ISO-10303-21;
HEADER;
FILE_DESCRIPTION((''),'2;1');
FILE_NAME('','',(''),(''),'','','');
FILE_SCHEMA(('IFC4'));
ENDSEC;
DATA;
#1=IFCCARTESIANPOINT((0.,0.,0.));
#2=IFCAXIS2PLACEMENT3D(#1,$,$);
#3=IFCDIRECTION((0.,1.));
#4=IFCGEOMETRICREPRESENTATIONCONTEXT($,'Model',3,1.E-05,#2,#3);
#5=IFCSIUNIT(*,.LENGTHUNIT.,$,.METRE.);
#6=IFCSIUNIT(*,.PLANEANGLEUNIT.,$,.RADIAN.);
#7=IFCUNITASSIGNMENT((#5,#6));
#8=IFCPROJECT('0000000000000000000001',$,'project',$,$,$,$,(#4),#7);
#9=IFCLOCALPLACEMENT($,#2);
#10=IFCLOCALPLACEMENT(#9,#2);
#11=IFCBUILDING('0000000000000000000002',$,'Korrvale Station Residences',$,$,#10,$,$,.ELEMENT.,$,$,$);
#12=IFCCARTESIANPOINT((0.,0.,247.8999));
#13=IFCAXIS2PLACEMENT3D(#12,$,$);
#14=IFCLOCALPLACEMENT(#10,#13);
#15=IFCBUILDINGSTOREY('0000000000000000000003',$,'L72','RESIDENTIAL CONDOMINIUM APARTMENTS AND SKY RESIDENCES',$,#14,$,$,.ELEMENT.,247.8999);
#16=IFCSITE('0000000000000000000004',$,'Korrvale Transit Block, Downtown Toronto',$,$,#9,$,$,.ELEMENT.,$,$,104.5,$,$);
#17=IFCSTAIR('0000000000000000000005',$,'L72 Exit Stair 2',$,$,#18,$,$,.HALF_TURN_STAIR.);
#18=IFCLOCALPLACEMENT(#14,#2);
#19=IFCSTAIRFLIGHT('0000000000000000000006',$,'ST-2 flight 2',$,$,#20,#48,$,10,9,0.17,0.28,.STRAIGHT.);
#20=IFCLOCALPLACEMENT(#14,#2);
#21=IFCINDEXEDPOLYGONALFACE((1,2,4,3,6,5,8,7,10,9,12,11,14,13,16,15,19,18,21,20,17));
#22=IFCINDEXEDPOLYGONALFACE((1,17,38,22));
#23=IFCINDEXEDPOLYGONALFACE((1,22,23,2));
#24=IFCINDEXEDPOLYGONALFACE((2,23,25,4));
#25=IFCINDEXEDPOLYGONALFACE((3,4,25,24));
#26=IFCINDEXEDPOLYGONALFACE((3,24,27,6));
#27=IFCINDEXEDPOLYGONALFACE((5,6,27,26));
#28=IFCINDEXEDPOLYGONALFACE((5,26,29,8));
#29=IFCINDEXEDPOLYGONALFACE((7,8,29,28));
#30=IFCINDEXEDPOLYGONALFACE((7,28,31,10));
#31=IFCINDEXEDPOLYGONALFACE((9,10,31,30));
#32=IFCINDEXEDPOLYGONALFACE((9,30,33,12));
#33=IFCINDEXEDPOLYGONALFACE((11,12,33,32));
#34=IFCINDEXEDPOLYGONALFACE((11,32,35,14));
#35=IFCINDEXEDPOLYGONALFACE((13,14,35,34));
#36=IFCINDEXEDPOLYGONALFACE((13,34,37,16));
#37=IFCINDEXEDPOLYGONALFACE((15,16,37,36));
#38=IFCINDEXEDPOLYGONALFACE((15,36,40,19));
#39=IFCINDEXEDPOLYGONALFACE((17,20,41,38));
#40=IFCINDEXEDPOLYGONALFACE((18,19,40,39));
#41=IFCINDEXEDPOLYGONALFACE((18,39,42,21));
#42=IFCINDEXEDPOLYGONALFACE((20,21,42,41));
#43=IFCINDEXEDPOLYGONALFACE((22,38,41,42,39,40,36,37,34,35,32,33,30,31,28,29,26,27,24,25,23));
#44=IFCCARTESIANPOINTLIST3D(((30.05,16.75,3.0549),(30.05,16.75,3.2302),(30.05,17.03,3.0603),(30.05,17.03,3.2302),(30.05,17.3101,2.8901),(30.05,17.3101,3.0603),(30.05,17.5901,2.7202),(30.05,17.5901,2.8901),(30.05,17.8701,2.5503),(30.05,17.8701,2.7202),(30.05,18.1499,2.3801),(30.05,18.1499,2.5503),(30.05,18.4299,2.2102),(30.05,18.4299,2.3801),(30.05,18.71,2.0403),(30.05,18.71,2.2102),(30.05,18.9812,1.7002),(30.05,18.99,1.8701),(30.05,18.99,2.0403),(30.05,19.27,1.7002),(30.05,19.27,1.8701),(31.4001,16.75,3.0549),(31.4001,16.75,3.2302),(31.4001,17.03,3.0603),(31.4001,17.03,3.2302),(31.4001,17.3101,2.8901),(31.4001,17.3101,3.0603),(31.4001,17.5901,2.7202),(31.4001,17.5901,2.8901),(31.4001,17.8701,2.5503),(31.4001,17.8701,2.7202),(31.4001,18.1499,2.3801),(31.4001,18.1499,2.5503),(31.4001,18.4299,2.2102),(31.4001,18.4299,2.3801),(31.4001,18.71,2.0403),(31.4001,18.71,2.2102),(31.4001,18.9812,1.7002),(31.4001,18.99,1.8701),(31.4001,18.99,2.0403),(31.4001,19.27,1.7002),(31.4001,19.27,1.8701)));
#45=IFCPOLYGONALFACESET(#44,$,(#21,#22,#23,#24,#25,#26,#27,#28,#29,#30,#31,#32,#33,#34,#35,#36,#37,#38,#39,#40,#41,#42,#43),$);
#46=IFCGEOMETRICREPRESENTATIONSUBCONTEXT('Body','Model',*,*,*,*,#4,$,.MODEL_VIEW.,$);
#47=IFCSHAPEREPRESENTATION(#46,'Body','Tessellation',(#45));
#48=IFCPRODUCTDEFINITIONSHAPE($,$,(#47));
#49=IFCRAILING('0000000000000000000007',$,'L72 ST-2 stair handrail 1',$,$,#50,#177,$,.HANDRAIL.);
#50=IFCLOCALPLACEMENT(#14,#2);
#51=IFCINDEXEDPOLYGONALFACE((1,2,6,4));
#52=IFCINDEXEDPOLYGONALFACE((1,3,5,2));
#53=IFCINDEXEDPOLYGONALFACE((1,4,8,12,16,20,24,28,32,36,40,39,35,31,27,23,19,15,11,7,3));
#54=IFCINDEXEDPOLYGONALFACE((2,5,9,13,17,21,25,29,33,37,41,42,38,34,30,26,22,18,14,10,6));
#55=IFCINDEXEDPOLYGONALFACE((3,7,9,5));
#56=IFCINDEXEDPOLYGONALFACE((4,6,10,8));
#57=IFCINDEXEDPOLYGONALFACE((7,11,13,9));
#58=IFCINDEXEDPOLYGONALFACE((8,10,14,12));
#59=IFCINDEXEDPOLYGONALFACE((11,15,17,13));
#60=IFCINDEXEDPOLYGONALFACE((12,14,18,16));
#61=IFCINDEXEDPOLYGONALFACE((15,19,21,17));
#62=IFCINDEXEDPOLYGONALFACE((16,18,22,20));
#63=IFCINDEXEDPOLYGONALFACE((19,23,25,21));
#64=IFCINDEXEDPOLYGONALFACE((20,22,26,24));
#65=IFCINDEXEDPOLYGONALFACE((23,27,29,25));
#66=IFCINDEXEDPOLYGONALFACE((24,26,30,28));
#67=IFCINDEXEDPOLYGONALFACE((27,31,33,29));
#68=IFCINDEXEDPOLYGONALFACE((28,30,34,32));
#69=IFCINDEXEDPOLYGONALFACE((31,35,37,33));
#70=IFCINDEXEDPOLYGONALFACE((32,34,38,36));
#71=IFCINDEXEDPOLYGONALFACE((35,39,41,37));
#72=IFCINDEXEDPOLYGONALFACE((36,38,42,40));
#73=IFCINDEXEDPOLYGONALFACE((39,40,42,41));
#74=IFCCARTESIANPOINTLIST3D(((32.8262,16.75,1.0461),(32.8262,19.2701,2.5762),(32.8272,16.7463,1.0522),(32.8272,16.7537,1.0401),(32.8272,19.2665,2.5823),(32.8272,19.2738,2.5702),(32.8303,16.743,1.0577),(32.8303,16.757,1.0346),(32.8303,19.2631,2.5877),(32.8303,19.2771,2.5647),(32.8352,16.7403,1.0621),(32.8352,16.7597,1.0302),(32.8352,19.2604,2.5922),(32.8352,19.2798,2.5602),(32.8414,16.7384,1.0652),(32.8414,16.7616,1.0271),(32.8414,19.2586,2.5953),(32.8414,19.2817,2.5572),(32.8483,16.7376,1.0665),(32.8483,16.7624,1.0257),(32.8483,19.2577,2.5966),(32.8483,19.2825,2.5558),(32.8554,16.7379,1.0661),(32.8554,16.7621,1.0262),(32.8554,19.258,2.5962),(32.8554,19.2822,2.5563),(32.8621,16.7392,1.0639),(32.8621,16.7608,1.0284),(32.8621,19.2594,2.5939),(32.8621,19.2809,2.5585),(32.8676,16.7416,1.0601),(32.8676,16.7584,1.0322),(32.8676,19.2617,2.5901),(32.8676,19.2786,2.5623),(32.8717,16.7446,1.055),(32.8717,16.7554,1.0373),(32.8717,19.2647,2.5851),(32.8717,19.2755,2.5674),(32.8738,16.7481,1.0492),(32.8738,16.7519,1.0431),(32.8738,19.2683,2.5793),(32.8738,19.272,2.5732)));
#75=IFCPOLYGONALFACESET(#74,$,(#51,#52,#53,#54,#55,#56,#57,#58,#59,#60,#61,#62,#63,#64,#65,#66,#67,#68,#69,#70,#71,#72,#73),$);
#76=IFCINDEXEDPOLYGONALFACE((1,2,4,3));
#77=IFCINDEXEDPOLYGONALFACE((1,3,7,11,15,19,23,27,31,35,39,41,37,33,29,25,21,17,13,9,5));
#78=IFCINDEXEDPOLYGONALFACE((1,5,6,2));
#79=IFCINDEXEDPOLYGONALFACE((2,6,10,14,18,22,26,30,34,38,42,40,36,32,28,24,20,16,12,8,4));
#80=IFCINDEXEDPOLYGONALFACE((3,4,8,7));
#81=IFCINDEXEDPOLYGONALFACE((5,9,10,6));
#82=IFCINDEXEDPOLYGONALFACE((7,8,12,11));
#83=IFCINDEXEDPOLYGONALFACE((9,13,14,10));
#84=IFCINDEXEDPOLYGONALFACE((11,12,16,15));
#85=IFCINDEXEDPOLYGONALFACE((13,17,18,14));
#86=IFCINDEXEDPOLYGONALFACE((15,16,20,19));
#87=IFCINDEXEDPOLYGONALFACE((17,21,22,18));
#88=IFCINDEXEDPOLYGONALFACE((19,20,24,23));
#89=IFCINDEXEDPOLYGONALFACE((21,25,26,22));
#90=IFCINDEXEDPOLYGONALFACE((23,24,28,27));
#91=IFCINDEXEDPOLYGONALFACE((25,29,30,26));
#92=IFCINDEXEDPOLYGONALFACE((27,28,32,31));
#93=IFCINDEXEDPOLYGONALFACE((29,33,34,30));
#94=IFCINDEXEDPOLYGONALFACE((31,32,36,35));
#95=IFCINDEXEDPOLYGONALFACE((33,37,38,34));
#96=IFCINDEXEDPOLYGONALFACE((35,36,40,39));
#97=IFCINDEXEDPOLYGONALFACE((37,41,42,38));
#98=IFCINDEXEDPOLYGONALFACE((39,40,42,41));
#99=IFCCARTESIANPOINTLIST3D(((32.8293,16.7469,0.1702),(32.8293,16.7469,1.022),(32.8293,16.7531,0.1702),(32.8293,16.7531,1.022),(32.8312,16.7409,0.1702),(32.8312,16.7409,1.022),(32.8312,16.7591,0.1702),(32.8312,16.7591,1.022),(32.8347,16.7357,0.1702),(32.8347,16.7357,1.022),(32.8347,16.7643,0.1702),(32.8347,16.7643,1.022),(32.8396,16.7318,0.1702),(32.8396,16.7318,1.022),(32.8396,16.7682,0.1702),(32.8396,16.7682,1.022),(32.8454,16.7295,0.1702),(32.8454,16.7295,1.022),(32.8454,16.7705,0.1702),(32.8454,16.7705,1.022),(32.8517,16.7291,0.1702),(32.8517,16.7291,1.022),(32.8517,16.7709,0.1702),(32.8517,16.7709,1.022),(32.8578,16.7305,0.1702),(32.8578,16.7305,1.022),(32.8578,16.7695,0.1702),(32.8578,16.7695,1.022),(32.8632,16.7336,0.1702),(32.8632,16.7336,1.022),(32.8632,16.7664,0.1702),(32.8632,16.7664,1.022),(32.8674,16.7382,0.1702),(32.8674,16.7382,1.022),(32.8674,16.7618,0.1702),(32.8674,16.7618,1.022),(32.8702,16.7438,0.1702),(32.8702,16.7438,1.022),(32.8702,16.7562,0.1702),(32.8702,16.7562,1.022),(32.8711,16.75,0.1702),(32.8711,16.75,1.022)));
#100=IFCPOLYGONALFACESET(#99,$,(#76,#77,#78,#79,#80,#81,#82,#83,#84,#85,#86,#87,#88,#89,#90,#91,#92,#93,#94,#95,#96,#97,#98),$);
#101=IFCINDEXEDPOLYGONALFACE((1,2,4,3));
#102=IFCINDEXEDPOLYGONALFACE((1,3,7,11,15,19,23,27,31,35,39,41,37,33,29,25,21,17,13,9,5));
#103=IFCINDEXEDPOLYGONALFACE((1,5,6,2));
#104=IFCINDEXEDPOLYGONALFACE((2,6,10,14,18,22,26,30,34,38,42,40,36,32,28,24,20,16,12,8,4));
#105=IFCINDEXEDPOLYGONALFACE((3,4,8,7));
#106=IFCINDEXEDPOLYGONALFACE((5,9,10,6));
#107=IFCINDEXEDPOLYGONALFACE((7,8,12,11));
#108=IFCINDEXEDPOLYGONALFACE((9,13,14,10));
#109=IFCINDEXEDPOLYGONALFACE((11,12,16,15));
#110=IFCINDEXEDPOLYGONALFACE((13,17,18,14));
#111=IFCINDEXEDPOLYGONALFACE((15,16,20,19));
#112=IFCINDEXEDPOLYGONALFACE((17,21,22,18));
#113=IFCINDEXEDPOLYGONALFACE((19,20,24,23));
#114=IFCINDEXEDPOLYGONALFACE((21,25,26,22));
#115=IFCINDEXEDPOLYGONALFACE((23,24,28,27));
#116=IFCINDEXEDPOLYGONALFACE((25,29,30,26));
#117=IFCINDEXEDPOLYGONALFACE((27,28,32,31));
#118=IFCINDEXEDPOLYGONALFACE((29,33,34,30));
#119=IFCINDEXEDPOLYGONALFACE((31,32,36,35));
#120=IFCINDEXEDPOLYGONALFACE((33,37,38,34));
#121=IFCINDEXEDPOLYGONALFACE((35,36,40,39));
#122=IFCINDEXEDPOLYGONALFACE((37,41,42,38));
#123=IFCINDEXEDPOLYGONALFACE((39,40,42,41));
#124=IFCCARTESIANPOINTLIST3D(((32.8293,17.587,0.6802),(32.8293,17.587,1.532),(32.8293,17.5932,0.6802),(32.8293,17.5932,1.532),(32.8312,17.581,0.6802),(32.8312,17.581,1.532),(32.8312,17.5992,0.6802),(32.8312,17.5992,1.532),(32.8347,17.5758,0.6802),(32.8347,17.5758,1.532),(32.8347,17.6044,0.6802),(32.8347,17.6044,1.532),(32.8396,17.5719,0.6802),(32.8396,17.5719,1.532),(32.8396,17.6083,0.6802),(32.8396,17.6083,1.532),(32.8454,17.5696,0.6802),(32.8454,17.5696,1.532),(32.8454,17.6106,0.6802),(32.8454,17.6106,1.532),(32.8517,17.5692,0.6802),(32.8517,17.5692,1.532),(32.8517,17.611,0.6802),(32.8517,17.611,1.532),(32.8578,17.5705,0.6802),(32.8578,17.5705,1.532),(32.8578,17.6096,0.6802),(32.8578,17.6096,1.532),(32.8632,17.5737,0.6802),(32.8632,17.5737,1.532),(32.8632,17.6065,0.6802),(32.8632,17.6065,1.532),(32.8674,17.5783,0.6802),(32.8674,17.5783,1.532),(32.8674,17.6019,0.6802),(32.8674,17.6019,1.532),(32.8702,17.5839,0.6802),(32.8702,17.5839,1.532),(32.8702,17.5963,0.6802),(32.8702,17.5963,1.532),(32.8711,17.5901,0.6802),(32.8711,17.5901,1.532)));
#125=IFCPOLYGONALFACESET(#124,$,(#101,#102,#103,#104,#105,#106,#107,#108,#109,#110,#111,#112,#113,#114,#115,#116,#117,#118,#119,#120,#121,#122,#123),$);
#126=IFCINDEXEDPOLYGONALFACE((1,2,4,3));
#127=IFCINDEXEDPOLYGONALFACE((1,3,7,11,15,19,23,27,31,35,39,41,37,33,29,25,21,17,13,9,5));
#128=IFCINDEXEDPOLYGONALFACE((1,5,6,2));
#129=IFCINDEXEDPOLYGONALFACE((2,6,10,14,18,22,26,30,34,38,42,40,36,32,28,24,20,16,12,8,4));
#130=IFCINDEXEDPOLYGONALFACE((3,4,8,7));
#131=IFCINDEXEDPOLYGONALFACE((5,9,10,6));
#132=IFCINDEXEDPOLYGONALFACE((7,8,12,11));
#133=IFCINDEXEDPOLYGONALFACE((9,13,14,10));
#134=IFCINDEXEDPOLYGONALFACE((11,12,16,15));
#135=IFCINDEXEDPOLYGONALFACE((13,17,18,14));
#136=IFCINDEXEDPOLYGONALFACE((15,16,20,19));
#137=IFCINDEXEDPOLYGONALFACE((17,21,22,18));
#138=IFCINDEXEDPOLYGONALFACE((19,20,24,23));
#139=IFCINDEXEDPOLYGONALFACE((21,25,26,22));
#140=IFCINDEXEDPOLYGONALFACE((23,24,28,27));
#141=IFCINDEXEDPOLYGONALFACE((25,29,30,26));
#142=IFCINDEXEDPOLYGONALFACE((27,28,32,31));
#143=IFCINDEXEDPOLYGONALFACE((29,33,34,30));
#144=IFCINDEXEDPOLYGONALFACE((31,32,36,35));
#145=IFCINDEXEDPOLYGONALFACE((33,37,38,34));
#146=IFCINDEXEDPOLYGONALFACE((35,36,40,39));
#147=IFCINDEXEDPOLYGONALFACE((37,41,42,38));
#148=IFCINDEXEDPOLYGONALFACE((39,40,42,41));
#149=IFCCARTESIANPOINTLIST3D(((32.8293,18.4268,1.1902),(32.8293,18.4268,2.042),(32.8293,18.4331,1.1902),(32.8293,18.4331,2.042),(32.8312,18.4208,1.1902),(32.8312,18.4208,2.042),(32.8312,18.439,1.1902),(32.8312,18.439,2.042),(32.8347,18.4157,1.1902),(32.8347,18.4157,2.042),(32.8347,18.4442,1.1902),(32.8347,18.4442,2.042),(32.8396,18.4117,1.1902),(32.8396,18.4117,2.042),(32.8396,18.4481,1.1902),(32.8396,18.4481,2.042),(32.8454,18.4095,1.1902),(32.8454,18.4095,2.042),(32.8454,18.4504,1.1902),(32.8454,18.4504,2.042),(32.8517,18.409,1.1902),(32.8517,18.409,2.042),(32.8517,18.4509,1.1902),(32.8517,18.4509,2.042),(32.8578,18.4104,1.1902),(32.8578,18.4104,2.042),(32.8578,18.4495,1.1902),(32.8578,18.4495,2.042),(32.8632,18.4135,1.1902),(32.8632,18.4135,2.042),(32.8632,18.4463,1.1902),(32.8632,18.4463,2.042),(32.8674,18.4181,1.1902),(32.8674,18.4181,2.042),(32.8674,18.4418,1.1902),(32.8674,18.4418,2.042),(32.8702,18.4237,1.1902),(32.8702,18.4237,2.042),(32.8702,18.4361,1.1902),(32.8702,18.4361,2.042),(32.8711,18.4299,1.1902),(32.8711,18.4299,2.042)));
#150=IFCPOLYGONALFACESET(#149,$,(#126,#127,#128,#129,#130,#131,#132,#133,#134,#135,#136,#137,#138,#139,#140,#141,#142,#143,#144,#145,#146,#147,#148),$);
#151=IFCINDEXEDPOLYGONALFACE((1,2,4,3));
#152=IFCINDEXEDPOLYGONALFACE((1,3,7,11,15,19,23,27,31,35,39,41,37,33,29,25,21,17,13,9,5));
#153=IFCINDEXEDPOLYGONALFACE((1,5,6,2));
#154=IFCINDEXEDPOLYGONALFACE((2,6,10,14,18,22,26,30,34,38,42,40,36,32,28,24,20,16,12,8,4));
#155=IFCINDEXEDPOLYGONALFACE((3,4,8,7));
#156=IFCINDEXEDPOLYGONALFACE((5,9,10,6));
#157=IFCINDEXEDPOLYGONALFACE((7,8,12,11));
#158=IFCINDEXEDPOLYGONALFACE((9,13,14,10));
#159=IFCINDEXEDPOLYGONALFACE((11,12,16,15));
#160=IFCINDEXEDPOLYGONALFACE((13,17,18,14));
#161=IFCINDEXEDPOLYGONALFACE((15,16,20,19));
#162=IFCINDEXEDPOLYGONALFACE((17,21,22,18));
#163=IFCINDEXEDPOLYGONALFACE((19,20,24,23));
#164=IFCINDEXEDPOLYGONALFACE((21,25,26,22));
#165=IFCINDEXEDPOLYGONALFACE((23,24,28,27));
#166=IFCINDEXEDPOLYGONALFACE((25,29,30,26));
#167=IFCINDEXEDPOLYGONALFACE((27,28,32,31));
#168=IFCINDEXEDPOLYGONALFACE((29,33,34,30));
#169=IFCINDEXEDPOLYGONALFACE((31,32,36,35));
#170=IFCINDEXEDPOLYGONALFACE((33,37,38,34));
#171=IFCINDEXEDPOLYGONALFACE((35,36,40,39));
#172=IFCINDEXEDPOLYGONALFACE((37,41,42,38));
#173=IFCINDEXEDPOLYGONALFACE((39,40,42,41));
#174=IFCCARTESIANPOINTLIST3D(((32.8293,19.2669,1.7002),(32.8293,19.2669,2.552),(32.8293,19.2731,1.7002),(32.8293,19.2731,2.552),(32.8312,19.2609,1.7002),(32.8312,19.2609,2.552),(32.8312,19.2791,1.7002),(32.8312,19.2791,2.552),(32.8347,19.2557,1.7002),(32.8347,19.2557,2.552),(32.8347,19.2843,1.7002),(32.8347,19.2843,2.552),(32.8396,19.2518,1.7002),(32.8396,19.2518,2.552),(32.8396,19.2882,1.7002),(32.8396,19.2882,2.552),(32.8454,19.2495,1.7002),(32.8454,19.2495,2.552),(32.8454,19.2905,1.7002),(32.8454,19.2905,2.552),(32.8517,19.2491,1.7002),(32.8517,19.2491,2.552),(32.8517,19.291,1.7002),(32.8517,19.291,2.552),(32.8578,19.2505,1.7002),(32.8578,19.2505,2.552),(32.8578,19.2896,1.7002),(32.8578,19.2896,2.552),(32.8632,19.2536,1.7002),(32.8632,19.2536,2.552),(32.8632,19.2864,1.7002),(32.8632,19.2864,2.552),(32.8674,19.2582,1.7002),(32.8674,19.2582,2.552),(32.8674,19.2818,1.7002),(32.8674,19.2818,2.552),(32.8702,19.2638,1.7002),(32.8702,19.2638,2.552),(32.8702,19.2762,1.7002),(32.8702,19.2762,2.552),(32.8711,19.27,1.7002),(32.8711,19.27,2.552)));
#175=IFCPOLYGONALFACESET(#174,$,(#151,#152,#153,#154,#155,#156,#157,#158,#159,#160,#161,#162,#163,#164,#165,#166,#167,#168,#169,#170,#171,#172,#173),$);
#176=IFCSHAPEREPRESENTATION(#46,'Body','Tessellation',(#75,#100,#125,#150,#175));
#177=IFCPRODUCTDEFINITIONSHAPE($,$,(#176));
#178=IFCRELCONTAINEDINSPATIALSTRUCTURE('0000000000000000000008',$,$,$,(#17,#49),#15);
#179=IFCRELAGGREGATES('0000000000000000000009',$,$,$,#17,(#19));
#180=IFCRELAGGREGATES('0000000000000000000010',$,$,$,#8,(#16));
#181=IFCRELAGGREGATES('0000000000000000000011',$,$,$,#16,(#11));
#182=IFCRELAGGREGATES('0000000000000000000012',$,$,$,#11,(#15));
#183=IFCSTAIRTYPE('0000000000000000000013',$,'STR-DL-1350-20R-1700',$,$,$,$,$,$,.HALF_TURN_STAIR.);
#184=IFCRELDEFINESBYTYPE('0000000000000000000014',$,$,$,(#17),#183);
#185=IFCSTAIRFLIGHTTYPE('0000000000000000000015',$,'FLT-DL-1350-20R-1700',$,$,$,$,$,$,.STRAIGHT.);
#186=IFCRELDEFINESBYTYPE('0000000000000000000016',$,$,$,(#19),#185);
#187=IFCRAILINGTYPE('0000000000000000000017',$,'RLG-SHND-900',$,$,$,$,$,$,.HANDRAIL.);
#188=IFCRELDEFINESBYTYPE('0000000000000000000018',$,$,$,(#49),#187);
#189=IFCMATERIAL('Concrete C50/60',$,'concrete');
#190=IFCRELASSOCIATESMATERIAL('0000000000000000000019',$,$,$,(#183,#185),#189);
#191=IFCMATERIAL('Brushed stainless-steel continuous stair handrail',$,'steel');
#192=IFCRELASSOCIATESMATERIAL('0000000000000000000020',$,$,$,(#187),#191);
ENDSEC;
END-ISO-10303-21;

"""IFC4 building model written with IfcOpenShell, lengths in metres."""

from ifc_helpers import new_model, si_unit, direction, frame, origin, origin_2d, place, context, subcontext, project, spatial, polyline, circle, outline, extrude, material, type_object, element, aggregate, save


model = new_model("IFC4")

# Units and contexts
model_context = context("Model", 3, precision=1e-05, world=origin(), true_north=direction((0.0, 1.0)))
body_context = subcontext(model_context, "Body", "Model", "MODEL_VIEW")
ifc_project = project(units=[si_unit("LENGTHUNIT", "METRE"), si_unit("PLANEANGLEUNIT", "RADIAN")], contexts=[model_context])

# Site, building, storey
site_placement = place(None, origin())
site = spatial("IfcSite", under=ifc_project, at=site_placement, Name="Korrvale Transit Block, Downtown Toronto", CompositionType="ELEMENT", RefElevation=104.5)
building_placement = place(site_placement, origin())
building = spatial("IfcBuilding", under=site, at=building_placement, Name="Korrvale Station Residences", CompositionType="ELEMENT")
storey_placement = place(building_placement, frame((0.0, 0.0, 247.8999)))
storey = spatial("IfcBuildingStorey", under=building, at=storey_placement, Name="L72", Description="RESIDENTIAL CONDOMINIUM APARTMENTS AND SKY RESIDENCES", CompositionType="ELEMENT", Elevation=247.8999)

# Shared definitions
ifc_material_1 = material(Name="Concrete C50/60", Category="concrete")

# Stair, stair flight
stair_type = type_object("IfcStairType", Name="STR-DL-1350-20R-1700", PredefinedType="HALF_TURN_STAIR", material=ifc_material_1)
stair_placement = place(storey_placement, origin())
stair = element("IfcStair", 1, at=stair_placement, inside=storey, type_object=stair_type, Name="L72 Exit Stair 2", PredefinedType="HALF_TURN_STAIR")
stair_flight_type = type_object("IfcStairFlightType", Name="FLT-DL-1350-20R-1700", PredefinedType="STRAIGHT", material=ifc_material_1)
stair_flight_1_placement = place(storey_placement, frame((30.7251, 19.27, 1.7002), z_axis=(0.0, 0.0, 1.0), x_axis=(0.0, -1.0, 0.0)))
stair_flight_1 = element("IfcStairFlight", 2, at=stair_flight_1_placement, type_object=stair_flight_type, Name="ST-2 flight 2", NumberOfRisers=10, NumberOfTreads=9, PredefinedType="STRAIGHT", RiserHeight=0.17, TreadLength=0.28, context=body_context, shape_type="SweptSolid", body=[
    extrude(outline(polyline([(0.0, 0.0), (0.0, 0.1699), (0.28, 0.1699), (0.28, 0.3401), (0.5601, 0.3401), (0.5601, 0.51), (0.8401, 0.51), (0.8401, 0.6799), (1.1201, 0.6799), (1.1201, 0.8501), (1.3999, 0.8501), (1.3999, 1.02), (1.6799, 1.02), (1.6799, 1.1899), (1.96, 1.1899), (1.96, 1.3601), (2.24, 1.3601), (2.24, 1.53), (2.52, 1.53), (2.52, 1.7), (2.52, 1.3547), (0.2888, 0.0), (0.0, 0.0)])), frame((0.0, 0.675, 0.0), z_axis=(0.0, -1.0, 0.0), x_axis=(1.0, 0.0, 0.0)), (0.0, 0.0, 1.0), 1.3501),
])
aggregate(stair, [stair_flight_1])

# Railing
ifc_material_2 = material(Name="Brushed stainless-steel continuous stair handrail", Category="steel")
railing_type_1 = type_object("IfcRailingType", Name="RLG-SHND-900", PredefinedType="HANDRAIL", material=ifc_material_2)
railing_1_placement = place(storey_placement, frame((32.8501, 16.75, 0.1702)))
element("IfcRailing", 3, at=railing_1_placement, inside=storey, type_object=railing_type_1, Name="L72 ST-2 stair handrail 1", PredefinedType="HANDRAIL", context=body_context, shape_type="SweptSolid", body=[
    extrude(circle(Radius=0.0239, at=origin_2d()), frame((0.0, 0.0, 0.876), z_axis=(0.0, 0.854785, 0.518982), x_axis=(-1.0, 0.0, 0.0)), (0.0, 0.0, 1.0), 2.9482),
    extrude(circle(Radius=0.021, at=origin_2d()), origin(), (0.0, 0.0, 1.0), 0.8518),
    extrude(circle(Radius=0.021, at=origin_2d()), frame((0.0, 0.8401, 0.51)), (0.0, 0.0, 1.0), 0.8518),
    extrude(circle(Radius=0.021, at=origin_2d()), frame((0.0, 1.6799, 1.02)), (0.0, 0.0, 1.0), 0.8518),
    extrude(circle(Radius=0.021, at=origin_2d()), frame((0.0, 2.52, 1.53)), (0.0, 0.0, 1.0), 0.8518),
])

save(model, "model.ifc")
